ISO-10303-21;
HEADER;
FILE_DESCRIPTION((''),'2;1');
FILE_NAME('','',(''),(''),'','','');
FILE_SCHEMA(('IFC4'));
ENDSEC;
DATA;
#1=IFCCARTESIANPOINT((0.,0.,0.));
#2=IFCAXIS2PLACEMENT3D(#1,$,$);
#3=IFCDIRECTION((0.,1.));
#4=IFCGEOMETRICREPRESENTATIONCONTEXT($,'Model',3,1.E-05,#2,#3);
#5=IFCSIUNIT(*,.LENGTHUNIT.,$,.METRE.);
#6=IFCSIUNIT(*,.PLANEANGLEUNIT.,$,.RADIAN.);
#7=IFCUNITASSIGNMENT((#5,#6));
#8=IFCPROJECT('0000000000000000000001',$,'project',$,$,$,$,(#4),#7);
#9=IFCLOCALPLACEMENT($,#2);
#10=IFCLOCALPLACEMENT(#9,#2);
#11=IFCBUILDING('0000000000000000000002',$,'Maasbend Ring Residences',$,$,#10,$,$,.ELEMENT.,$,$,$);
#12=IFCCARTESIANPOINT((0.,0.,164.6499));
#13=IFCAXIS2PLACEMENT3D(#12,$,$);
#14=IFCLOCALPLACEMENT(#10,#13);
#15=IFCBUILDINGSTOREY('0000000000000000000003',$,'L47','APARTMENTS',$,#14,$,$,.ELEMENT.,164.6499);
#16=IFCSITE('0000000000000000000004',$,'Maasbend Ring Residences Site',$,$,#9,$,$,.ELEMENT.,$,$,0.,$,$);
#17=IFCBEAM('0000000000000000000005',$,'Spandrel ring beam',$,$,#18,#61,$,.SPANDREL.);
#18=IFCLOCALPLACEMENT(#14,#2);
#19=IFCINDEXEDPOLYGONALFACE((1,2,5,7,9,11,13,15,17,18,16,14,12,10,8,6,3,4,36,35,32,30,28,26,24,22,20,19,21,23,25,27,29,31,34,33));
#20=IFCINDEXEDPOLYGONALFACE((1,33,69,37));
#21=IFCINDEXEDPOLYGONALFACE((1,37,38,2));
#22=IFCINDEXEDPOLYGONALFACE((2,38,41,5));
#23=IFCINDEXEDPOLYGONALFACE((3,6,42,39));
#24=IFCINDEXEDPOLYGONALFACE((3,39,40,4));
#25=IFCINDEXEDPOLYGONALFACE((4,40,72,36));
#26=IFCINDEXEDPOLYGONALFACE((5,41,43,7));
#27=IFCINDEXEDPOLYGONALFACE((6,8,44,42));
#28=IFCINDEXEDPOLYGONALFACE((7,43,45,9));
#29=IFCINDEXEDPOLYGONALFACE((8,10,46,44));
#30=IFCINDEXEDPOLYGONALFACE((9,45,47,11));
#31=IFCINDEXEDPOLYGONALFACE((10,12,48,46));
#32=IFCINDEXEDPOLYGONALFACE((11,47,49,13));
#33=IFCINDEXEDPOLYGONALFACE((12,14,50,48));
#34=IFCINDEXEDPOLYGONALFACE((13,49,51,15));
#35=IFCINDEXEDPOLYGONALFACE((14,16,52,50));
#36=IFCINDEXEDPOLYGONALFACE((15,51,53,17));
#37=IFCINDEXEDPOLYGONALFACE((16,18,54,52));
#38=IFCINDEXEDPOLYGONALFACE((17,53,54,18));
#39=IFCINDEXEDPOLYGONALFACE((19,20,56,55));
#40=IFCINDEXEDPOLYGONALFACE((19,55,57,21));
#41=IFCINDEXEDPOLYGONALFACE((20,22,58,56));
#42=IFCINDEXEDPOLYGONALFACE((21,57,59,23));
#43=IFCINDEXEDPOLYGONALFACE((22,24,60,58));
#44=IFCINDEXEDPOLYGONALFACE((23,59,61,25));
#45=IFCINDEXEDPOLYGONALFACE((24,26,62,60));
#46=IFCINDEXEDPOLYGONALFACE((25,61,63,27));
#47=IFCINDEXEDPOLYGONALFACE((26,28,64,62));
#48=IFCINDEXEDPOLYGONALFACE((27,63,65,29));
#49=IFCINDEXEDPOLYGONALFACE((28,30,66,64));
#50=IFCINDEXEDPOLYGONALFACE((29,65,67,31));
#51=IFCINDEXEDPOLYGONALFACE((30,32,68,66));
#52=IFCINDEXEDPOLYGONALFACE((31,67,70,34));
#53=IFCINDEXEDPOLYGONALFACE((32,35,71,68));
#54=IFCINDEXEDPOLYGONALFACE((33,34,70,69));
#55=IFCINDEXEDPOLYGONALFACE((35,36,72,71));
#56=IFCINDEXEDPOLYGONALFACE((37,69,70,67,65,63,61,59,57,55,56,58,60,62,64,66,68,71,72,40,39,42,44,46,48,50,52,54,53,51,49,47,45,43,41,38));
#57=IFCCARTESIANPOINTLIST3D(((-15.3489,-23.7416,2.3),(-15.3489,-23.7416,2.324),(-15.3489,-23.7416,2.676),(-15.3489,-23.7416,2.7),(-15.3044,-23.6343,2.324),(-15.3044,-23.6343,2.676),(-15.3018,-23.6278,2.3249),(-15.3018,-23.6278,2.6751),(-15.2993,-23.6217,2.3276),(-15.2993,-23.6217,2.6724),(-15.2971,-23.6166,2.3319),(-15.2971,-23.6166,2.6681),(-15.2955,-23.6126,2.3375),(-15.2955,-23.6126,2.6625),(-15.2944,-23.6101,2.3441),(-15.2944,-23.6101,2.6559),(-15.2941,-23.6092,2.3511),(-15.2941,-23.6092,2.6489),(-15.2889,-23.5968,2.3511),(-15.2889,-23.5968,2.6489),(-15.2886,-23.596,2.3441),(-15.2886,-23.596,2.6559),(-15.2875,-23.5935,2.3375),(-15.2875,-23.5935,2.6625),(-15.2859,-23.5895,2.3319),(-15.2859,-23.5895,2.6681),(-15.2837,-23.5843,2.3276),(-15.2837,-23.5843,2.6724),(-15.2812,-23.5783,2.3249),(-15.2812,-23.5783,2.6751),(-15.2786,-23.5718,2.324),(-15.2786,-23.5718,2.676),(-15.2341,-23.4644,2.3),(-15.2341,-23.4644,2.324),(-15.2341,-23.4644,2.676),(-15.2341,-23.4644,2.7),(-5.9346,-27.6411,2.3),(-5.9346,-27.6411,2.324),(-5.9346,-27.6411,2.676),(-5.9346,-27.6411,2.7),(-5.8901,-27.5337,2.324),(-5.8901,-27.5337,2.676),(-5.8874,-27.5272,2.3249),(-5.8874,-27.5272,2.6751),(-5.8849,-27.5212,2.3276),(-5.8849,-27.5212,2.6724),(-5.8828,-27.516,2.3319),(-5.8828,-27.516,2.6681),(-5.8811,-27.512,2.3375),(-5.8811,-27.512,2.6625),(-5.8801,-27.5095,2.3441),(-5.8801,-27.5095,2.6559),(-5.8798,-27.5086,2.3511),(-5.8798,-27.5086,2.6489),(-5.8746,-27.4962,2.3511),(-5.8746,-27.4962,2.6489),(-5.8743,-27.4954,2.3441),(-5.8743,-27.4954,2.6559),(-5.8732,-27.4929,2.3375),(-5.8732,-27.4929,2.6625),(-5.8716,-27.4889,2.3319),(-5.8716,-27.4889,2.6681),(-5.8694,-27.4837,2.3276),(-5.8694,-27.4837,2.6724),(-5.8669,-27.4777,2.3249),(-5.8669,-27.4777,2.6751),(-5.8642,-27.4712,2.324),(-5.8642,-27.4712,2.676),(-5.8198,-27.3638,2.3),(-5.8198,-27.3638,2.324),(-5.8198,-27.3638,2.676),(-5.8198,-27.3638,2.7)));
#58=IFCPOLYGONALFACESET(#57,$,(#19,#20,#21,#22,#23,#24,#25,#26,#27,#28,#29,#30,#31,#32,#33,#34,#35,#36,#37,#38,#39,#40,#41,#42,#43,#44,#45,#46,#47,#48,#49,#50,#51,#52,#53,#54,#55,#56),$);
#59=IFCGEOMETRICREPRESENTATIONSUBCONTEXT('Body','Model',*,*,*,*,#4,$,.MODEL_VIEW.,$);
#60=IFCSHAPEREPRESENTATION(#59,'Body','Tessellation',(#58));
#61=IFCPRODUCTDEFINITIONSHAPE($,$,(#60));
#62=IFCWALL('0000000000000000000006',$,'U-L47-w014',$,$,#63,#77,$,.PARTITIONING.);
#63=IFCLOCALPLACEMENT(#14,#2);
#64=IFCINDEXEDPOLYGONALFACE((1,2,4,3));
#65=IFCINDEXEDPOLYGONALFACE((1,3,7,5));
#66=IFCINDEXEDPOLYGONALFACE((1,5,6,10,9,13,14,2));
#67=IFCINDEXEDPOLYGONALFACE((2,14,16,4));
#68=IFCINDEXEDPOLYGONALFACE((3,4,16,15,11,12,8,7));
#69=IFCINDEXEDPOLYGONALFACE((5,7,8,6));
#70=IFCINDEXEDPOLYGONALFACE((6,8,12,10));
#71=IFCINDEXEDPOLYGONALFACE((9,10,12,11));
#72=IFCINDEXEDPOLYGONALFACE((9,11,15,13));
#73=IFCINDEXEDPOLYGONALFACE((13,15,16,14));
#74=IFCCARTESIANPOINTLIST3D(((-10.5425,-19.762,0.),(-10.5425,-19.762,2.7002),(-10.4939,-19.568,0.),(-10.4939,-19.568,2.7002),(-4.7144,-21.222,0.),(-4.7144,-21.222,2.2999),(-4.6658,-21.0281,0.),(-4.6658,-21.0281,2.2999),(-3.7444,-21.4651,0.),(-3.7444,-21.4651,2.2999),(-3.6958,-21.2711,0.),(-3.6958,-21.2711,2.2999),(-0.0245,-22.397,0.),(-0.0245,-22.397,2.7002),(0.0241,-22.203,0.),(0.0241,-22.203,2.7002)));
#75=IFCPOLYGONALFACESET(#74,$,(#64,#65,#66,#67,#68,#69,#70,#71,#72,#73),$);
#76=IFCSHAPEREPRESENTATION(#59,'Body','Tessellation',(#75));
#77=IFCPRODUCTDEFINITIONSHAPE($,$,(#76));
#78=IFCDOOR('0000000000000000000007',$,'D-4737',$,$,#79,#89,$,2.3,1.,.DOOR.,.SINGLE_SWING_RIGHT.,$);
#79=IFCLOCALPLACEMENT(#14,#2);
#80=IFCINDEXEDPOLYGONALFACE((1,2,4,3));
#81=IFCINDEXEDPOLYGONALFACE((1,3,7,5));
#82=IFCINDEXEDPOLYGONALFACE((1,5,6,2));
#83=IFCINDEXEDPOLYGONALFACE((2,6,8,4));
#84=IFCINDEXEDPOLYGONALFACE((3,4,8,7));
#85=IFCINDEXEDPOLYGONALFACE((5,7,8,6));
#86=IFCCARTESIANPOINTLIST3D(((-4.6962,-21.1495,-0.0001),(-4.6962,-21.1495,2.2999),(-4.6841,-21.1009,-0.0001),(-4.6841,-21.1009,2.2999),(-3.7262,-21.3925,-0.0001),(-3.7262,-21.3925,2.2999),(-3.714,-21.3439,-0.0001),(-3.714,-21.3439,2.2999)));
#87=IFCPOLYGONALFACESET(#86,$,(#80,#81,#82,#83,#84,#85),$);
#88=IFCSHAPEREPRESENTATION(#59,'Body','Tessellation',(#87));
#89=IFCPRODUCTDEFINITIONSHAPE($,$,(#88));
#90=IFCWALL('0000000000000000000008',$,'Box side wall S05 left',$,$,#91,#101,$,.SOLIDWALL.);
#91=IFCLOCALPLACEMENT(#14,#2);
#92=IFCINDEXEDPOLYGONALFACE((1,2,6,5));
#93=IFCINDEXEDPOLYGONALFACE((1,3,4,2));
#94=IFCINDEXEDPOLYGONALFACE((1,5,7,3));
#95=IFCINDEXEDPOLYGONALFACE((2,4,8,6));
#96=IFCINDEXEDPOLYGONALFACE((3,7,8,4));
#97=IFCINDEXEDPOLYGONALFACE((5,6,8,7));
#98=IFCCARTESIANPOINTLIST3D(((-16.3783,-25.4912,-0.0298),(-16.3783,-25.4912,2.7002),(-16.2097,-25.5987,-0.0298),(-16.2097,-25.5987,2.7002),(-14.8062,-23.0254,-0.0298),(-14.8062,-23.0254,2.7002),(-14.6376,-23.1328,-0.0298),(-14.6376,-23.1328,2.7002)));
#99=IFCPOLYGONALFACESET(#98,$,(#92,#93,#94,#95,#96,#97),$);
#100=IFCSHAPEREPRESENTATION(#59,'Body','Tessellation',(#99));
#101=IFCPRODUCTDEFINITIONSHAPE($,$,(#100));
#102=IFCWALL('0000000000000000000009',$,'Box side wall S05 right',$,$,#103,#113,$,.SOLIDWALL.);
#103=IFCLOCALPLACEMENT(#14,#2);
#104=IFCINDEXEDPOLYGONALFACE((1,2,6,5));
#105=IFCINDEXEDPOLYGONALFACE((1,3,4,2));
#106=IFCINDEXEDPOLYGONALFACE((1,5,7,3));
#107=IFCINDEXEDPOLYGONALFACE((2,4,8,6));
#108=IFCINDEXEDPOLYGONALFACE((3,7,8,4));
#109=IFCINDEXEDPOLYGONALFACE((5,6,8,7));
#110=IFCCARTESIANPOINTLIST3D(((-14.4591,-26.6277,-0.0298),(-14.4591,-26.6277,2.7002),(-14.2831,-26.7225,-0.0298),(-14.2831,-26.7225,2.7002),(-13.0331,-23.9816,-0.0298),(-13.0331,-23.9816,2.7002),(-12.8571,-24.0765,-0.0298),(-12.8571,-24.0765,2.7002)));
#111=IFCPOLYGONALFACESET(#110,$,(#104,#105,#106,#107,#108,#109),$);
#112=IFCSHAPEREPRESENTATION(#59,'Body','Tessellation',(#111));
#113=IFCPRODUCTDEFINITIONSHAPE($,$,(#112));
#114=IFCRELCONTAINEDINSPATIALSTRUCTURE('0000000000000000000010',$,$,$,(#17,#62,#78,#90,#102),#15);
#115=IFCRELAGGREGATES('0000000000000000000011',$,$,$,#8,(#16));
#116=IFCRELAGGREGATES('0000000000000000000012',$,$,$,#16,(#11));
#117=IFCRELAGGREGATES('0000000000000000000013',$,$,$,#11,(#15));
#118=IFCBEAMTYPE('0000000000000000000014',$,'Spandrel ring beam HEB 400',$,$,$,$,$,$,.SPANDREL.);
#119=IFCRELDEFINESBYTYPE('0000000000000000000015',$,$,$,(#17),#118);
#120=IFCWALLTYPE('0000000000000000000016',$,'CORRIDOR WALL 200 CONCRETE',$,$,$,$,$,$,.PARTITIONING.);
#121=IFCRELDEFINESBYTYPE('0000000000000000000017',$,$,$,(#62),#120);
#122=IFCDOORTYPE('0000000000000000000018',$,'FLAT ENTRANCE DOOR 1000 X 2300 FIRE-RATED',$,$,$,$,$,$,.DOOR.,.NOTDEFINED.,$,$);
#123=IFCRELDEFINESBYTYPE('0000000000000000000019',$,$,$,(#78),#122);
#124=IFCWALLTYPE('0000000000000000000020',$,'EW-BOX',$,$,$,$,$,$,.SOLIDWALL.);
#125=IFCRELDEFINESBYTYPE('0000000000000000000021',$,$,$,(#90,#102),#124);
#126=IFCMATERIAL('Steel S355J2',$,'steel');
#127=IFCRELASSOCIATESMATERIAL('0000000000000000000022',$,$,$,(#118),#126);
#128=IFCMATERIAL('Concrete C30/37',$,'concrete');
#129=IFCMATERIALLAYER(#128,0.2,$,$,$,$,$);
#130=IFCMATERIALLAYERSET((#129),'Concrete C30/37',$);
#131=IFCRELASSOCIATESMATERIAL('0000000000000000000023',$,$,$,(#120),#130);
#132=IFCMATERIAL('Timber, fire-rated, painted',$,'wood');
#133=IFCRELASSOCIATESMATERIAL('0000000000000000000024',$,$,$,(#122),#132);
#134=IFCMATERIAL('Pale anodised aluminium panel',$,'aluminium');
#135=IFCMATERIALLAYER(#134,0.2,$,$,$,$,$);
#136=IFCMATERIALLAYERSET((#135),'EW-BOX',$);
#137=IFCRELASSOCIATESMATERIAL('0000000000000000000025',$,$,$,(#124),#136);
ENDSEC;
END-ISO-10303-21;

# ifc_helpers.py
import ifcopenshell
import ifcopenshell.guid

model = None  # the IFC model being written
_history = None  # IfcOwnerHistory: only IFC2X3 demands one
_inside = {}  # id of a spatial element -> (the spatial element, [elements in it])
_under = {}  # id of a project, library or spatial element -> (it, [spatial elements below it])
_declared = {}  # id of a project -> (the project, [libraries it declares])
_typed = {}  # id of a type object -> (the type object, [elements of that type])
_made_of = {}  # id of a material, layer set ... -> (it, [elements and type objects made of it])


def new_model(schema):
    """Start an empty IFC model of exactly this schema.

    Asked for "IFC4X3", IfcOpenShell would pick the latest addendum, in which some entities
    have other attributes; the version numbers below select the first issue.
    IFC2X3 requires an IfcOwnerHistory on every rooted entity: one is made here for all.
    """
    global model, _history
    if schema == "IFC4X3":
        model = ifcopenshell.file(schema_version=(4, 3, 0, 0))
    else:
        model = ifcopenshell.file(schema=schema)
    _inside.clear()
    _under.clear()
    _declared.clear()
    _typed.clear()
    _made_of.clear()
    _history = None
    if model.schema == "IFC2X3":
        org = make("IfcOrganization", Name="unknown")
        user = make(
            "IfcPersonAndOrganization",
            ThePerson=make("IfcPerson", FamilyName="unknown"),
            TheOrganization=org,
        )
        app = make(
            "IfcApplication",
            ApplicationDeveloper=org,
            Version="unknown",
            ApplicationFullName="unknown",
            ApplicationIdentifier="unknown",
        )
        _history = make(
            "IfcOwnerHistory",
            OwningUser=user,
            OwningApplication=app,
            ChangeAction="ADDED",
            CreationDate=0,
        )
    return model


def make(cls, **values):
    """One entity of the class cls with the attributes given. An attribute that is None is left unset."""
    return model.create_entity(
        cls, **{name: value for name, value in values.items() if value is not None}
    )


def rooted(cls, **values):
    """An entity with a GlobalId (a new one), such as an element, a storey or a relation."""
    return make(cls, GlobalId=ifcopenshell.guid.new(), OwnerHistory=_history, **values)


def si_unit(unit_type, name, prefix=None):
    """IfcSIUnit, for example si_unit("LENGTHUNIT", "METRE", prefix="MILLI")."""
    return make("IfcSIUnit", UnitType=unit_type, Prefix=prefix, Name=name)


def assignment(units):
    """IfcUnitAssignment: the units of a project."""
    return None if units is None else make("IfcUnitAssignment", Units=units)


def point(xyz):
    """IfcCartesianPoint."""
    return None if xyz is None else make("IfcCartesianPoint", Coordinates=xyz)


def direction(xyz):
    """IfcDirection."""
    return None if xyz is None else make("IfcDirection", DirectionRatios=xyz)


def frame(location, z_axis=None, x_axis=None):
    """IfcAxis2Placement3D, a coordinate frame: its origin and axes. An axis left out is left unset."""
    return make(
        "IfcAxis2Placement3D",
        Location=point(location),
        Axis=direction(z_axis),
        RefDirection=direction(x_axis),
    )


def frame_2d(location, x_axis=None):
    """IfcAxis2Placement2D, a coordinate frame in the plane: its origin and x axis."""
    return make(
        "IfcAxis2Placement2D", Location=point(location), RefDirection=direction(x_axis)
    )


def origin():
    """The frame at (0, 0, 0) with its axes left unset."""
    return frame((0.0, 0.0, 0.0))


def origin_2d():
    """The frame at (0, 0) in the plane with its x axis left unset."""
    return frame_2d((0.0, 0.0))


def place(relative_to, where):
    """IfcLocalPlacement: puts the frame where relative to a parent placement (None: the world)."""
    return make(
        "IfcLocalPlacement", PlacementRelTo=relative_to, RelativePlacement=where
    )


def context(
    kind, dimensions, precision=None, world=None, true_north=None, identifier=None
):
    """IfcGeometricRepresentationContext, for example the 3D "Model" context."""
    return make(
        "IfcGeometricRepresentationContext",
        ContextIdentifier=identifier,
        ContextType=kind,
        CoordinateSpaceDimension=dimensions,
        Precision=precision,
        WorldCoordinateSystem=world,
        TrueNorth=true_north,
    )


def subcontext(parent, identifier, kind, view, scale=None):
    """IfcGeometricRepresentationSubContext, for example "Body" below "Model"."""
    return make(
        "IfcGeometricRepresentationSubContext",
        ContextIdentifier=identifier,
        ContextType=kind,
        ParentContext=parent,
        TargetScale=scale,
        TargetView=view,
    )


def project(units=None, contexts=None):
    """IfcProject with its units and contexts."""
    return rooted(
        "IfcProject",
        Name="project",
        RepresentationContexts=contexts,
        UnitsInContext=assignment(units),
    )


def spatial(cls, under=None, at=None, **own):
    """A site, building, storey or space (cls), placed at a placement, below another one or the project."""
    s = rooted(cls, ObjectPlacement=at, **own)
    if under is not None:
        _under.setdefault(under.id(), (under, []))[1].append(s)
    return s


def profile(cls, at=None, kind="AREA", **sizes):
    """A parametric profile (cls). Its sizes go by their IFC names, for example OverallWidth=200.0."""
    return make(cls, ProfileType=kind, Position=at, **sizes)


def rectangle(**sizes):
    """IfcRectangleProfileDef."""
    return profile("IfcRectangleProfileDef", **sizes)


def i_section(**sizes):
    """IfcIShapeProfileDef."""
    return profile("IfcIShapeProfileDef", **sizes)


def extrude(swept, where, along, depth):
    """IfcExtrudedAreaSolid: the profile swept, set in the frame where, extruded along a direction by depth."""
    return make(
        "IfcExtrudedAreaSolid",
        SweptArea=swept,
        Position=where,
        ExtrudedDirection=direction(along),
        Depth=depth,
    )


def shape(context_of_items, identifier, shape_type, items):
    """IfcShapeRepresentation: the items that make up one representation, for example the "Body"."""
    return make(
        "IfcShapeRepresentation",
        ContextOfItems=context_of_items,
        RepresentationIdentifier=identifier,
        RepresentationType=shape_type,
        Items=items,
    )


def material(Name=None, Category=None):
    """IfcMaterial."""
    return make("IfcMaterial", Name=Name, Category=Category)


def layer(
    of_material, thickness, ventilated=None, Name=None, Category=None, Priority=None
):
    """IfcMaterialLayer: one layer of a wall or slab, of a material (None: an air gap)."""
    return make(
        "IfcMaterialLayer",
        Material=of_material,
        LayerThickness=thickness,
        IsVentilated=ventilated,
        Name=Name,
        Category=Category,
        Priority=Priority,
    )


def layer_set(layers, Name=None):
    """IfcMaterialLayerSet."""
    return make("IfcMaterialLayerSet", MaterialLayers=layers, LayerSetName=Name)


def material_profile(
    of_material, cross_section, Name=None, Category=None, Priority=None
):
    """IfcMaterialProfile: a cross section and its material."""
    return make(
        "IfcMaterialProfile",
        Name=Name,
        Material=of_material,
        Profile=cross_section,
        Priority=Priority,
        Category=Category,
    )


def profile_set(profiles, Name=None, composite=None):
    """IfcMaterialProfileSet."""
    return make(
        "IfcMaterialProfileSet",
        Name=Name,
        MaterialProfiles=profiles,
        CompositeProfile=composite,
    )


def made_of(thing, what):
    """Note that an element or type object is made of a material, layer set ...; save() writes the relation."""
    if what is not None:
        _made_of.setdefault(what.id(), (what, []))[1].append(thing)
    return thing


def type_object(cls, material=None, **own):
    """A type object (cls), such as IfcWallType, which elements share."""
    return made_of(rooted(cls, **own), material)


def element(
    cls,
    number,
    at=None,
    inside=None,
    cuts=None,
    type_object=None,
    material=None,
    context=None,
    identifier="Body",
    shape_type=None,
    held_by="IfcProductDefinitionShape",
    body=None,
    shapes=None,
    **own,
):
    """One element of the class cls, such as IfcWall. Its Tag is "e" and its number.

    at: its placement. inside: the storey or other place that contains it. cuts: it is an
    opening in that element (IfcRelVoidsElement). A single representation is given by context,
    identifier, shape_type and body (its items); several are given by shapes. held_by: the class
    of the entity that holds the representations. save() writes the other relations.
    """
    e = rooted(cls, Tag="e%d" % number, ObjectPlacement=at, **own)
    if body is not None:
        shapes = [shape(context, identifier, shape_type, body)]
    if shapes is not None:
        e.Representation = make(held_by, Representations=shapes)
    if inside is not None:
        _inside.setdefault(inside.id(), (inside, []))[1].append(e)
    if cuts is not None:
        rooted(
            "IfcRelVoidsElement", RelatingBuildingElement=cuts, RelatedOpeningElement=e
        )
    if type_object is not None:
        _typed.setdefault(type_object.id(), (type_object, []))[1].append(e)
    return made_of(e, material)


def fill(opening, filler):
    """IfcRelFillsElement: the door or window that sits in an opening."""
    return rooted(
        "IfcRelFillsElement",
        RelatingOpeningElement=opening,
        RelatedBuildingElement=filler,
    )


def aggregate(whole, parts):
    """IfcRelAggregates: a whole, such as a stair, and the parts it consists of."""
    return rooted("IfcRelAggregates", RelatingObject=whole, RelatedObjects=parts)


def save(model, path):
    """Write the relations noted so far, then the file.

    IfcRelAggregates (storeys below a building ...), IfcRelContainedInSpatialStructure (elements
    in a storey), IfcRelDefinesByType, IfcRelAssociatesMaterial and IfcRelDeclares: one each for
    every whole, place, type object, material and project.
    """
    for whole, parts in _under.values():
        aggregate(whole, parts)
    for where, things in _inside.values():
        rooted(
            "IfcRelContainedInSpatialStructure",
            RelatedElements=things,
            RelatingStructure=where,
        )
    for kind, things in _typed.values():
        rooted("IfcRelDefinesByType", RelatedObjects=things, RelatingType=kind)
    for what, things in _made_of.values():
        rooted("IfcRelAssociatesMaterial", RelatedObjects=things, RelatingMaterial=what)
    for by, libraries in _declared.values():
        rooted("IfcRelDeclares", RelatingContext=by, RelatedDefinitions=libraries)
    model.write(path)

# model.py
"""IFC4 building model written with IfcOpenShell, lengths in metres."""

from ifc_helpers import new_model, si_unit, direction, frame, frame_2d, origin, origin_2d, place, context, subcontext, project, spatial, rectangle, i_section, extrude, material, layer, layer_set, material_profile, profile_set, type_object, element, fill, save


model = new_model("IFC4")

# Units and contexts
model_context = context("Model", 3, precision=1e-05, world=origin(), true_north=direction((0.0, 1.0)))
body_context = subcontext(model_context, "Body", "Model", "MODEL_VIEW")
ifc_project = project(units=[si_unit("LENGTHUNIT", "METRE"), si_unit("PLANEANGLEUNIT", "RADIAN")], contexts=[model_context])

# Site, building, storey
site_placement = place(None, origin())
site = spatial("IfcSite", under=ifc_project, at=site_placement, Name="Maasbend Ring Residences Site", CompositionType="ELEMENT", RefElevation=0.0)
building_placement = place(site_placement, origin())
building = spatial("IfcBuilding", under=site, at=building_placement, Name="Maasbend Ring Residences", CompositionType="ELEMENT")
storey_placement = place(building_placement, frame((0.0, 0.0, 164.6499)))
storey = spatial("IfcBuildingStorey", under=building, at=storey_placement, Name="L47", Description="APARTMENTS", CompositionType="ELEMENT", Elevation=164.6499)

# Beam
ifc_material_1 = material(Name="Steel S355J2", Category="steel")
ifc_material_profile_1 = material_profile(ifc_material_1, i_section(OverallWidth=0.3, OverallDepth=0.3999, WebThickness=0.0134, FlangeThickness=0.0239, FilletRadius=0.0271, at=origin_2d()), Name="HEB 400")
ifc_profile_set_1 = profile_set([ifc_material_profile_1], Name="Steel S355J2")
beam_type_1 = type_object("IfcBeamType", Name="Spandrel ring beam HEB 400", PredefinedType="SPANDREL", material=ifc_profile_set_1)
beam_1_placement = place(storey_placement, frame((-15.2915, -23.603, 2.5), z_axis=(0.923884, -0.382673, 0.0), x_axis=(0.382673, 0.923884, 0.0)))
element("IfcBeam", 1, at=beam_1_placement, inside=storey, type_object=beam_type_1, Name="Spandrel ring beam", PredefinedType="SPANDREL", context=body_context, shape_type="SweptSolid", body=[
    extrude(i_section(OverallWidth=0.3, OverallDepth=0.3999, WebThickness=0.0134, FlangeThickness=0.0239, FilletRadius=0.0271, at=origin_2d()), origin(), (0.0, 0.0, 1.0), 10.1899),
])

# Wall, opening, door
ifc_material_2 = material(Name="Concrete C30/37", Category="concrete")
ifc_layer_1 = layer(ifc_material_2, 0.2)
ifc_layer_set_1 = layer_set([ifc_layer_1], Name="Concrete C30/37")
wall_type_1 = type_object("IfcWallType", Name="CORRIDOR WALL 200 CONCRETE", PredefinedType="PARTITIONING", material=ifc_layer_set_1)
wall_1_placement = place(storey_placement, frame((-10.5181, -19.665, 0.0), z_axis=(0.0, 0.0, 1.0), x_axis=(0.970023, -0.243012, 0.0)))
wall_1 = element("IfcWall", 2, at=wall_1_placement, inside=storey, type_object=wall_type_1, Name="U-L47-w014", PredefinedType="PARTITIONING", context=body_context, shape_type="SweptSolid", body=[
    extrude(rectangle(XDim=10.843, YDim=0.2, at=frame_2d((5.4214, 0.0))), origin(), (0.0, 0.0, 1.0), 2.7002),
])
opening_1_placement = place(wall_1_placement, frame((6.0081, 0.0, 0.0)))
opening_1 = element("IfcOpeningElement", 3, at=opening_1_placement, cuts=wall_1, PredefinedType="OPENING", context=body_context, shape_type="SweptSolid", body=[
    extrude(rectangle(XDim=1.0, YDim=2.3, at=frame_2d((0.5, 1.1499))), frame((0.0, 0.1099, 0.0), z_axis=(0.0, -1.0, 0.0), x_axis=(1.0, 0.0, 0.0)), (0.0, 0.0, 1.0), 0.22),
])
ifc_material_3 = material(Name="Timber, fire-rated, painted", Category="wood")
door_type_1 = type_object("IfcDoorType", Name="FLAT ENTRANCE DOOR 1000 X 2300 FIRE-RATED", OperationType="NOTDEFINED", PredefinedType="DOOR", material=ifc_material_3)
door_1_placement = place(opening_1_placement, origin())
door_1 = element("IfcDoor", 4, at=door_1_placement, inside=storey, type_object=door_type_1, Name="D-4737", OperationType="SINGLE_SWING_RIGHT", OverallHeight=2.3, OverallWidth=1.0, PredefinedType="DOOR", context=body_context, shape_type="SweptSolid", body=[
    extrude(rectangle(XDim=1.0, YDim=2.3, at=frame_2d((0.5, 1.1499))), frame((0.0, 0.0249, 0.0), z_axis=(0.0, -1.0, 0.0), x_axis=(1.0, 0.0, 0.0)), (0.0, 0.0, 1.0), 0.05),
])
fill(opening_1, door_1)

# Walls
ifc_material_4 = material(Name="Pale anodised aluminium panel", Category="aluminium")
ifc_layer_2 = layer(ifc_material_4, 0.2)
ifc_layer_set_2 = layer_set([ifc_layer_2], Name="EW-BOX")
wall_type_2 = type_object("IfcWallType", Name="EW-BOX", PredefinedType="SOLIDWALL", material=ifc_layer_set_2)
wall_2_placement = place(storey_placement, frame((-14.7219, -23.0791, -0.0298), z_axis=(0.0, 0.0, 1.0), x_axis=(-0.537572, -0.843218, 0.0)))
element("IfcWall", 5, at=wall_2_placement, inside=storey, type_object=wall_type_2, Name="Box side wall S05 left", PredefinedType="SOLIDWALL", context=body_context, shape_type="SweptSolid", body=[
    extrude(rectangle(XDim=2.9243, YDim=0.2, at=frame_2d((1.4622, 0.0))), origin(), (0.0, 0.0, 1.0), 2.73),
])
wall_3_placement = place(storey_placement, frame((-12.9451, -24.0291, -0.0298), z_axis=(0.0, 0.0, 1.0), x_axis=(-0.474424, -0.880296, 0.0)))
element("IfcWall", 6, at=wall_3_placement, inside=storey, type_object=wall_type_2, Name="Box side wall S05 right", PredefinedType="SOLIDWALL", context=body_context, shape_type="SweptSolid", body=[
    extrude(rectangle(XDim=3.0059, YDim=0.2, at=frame_2d((1.5029, 0.0))), origin(), (0.0, 0.0, 1.0), 2.73),
])

save(model, "model.ifc")
